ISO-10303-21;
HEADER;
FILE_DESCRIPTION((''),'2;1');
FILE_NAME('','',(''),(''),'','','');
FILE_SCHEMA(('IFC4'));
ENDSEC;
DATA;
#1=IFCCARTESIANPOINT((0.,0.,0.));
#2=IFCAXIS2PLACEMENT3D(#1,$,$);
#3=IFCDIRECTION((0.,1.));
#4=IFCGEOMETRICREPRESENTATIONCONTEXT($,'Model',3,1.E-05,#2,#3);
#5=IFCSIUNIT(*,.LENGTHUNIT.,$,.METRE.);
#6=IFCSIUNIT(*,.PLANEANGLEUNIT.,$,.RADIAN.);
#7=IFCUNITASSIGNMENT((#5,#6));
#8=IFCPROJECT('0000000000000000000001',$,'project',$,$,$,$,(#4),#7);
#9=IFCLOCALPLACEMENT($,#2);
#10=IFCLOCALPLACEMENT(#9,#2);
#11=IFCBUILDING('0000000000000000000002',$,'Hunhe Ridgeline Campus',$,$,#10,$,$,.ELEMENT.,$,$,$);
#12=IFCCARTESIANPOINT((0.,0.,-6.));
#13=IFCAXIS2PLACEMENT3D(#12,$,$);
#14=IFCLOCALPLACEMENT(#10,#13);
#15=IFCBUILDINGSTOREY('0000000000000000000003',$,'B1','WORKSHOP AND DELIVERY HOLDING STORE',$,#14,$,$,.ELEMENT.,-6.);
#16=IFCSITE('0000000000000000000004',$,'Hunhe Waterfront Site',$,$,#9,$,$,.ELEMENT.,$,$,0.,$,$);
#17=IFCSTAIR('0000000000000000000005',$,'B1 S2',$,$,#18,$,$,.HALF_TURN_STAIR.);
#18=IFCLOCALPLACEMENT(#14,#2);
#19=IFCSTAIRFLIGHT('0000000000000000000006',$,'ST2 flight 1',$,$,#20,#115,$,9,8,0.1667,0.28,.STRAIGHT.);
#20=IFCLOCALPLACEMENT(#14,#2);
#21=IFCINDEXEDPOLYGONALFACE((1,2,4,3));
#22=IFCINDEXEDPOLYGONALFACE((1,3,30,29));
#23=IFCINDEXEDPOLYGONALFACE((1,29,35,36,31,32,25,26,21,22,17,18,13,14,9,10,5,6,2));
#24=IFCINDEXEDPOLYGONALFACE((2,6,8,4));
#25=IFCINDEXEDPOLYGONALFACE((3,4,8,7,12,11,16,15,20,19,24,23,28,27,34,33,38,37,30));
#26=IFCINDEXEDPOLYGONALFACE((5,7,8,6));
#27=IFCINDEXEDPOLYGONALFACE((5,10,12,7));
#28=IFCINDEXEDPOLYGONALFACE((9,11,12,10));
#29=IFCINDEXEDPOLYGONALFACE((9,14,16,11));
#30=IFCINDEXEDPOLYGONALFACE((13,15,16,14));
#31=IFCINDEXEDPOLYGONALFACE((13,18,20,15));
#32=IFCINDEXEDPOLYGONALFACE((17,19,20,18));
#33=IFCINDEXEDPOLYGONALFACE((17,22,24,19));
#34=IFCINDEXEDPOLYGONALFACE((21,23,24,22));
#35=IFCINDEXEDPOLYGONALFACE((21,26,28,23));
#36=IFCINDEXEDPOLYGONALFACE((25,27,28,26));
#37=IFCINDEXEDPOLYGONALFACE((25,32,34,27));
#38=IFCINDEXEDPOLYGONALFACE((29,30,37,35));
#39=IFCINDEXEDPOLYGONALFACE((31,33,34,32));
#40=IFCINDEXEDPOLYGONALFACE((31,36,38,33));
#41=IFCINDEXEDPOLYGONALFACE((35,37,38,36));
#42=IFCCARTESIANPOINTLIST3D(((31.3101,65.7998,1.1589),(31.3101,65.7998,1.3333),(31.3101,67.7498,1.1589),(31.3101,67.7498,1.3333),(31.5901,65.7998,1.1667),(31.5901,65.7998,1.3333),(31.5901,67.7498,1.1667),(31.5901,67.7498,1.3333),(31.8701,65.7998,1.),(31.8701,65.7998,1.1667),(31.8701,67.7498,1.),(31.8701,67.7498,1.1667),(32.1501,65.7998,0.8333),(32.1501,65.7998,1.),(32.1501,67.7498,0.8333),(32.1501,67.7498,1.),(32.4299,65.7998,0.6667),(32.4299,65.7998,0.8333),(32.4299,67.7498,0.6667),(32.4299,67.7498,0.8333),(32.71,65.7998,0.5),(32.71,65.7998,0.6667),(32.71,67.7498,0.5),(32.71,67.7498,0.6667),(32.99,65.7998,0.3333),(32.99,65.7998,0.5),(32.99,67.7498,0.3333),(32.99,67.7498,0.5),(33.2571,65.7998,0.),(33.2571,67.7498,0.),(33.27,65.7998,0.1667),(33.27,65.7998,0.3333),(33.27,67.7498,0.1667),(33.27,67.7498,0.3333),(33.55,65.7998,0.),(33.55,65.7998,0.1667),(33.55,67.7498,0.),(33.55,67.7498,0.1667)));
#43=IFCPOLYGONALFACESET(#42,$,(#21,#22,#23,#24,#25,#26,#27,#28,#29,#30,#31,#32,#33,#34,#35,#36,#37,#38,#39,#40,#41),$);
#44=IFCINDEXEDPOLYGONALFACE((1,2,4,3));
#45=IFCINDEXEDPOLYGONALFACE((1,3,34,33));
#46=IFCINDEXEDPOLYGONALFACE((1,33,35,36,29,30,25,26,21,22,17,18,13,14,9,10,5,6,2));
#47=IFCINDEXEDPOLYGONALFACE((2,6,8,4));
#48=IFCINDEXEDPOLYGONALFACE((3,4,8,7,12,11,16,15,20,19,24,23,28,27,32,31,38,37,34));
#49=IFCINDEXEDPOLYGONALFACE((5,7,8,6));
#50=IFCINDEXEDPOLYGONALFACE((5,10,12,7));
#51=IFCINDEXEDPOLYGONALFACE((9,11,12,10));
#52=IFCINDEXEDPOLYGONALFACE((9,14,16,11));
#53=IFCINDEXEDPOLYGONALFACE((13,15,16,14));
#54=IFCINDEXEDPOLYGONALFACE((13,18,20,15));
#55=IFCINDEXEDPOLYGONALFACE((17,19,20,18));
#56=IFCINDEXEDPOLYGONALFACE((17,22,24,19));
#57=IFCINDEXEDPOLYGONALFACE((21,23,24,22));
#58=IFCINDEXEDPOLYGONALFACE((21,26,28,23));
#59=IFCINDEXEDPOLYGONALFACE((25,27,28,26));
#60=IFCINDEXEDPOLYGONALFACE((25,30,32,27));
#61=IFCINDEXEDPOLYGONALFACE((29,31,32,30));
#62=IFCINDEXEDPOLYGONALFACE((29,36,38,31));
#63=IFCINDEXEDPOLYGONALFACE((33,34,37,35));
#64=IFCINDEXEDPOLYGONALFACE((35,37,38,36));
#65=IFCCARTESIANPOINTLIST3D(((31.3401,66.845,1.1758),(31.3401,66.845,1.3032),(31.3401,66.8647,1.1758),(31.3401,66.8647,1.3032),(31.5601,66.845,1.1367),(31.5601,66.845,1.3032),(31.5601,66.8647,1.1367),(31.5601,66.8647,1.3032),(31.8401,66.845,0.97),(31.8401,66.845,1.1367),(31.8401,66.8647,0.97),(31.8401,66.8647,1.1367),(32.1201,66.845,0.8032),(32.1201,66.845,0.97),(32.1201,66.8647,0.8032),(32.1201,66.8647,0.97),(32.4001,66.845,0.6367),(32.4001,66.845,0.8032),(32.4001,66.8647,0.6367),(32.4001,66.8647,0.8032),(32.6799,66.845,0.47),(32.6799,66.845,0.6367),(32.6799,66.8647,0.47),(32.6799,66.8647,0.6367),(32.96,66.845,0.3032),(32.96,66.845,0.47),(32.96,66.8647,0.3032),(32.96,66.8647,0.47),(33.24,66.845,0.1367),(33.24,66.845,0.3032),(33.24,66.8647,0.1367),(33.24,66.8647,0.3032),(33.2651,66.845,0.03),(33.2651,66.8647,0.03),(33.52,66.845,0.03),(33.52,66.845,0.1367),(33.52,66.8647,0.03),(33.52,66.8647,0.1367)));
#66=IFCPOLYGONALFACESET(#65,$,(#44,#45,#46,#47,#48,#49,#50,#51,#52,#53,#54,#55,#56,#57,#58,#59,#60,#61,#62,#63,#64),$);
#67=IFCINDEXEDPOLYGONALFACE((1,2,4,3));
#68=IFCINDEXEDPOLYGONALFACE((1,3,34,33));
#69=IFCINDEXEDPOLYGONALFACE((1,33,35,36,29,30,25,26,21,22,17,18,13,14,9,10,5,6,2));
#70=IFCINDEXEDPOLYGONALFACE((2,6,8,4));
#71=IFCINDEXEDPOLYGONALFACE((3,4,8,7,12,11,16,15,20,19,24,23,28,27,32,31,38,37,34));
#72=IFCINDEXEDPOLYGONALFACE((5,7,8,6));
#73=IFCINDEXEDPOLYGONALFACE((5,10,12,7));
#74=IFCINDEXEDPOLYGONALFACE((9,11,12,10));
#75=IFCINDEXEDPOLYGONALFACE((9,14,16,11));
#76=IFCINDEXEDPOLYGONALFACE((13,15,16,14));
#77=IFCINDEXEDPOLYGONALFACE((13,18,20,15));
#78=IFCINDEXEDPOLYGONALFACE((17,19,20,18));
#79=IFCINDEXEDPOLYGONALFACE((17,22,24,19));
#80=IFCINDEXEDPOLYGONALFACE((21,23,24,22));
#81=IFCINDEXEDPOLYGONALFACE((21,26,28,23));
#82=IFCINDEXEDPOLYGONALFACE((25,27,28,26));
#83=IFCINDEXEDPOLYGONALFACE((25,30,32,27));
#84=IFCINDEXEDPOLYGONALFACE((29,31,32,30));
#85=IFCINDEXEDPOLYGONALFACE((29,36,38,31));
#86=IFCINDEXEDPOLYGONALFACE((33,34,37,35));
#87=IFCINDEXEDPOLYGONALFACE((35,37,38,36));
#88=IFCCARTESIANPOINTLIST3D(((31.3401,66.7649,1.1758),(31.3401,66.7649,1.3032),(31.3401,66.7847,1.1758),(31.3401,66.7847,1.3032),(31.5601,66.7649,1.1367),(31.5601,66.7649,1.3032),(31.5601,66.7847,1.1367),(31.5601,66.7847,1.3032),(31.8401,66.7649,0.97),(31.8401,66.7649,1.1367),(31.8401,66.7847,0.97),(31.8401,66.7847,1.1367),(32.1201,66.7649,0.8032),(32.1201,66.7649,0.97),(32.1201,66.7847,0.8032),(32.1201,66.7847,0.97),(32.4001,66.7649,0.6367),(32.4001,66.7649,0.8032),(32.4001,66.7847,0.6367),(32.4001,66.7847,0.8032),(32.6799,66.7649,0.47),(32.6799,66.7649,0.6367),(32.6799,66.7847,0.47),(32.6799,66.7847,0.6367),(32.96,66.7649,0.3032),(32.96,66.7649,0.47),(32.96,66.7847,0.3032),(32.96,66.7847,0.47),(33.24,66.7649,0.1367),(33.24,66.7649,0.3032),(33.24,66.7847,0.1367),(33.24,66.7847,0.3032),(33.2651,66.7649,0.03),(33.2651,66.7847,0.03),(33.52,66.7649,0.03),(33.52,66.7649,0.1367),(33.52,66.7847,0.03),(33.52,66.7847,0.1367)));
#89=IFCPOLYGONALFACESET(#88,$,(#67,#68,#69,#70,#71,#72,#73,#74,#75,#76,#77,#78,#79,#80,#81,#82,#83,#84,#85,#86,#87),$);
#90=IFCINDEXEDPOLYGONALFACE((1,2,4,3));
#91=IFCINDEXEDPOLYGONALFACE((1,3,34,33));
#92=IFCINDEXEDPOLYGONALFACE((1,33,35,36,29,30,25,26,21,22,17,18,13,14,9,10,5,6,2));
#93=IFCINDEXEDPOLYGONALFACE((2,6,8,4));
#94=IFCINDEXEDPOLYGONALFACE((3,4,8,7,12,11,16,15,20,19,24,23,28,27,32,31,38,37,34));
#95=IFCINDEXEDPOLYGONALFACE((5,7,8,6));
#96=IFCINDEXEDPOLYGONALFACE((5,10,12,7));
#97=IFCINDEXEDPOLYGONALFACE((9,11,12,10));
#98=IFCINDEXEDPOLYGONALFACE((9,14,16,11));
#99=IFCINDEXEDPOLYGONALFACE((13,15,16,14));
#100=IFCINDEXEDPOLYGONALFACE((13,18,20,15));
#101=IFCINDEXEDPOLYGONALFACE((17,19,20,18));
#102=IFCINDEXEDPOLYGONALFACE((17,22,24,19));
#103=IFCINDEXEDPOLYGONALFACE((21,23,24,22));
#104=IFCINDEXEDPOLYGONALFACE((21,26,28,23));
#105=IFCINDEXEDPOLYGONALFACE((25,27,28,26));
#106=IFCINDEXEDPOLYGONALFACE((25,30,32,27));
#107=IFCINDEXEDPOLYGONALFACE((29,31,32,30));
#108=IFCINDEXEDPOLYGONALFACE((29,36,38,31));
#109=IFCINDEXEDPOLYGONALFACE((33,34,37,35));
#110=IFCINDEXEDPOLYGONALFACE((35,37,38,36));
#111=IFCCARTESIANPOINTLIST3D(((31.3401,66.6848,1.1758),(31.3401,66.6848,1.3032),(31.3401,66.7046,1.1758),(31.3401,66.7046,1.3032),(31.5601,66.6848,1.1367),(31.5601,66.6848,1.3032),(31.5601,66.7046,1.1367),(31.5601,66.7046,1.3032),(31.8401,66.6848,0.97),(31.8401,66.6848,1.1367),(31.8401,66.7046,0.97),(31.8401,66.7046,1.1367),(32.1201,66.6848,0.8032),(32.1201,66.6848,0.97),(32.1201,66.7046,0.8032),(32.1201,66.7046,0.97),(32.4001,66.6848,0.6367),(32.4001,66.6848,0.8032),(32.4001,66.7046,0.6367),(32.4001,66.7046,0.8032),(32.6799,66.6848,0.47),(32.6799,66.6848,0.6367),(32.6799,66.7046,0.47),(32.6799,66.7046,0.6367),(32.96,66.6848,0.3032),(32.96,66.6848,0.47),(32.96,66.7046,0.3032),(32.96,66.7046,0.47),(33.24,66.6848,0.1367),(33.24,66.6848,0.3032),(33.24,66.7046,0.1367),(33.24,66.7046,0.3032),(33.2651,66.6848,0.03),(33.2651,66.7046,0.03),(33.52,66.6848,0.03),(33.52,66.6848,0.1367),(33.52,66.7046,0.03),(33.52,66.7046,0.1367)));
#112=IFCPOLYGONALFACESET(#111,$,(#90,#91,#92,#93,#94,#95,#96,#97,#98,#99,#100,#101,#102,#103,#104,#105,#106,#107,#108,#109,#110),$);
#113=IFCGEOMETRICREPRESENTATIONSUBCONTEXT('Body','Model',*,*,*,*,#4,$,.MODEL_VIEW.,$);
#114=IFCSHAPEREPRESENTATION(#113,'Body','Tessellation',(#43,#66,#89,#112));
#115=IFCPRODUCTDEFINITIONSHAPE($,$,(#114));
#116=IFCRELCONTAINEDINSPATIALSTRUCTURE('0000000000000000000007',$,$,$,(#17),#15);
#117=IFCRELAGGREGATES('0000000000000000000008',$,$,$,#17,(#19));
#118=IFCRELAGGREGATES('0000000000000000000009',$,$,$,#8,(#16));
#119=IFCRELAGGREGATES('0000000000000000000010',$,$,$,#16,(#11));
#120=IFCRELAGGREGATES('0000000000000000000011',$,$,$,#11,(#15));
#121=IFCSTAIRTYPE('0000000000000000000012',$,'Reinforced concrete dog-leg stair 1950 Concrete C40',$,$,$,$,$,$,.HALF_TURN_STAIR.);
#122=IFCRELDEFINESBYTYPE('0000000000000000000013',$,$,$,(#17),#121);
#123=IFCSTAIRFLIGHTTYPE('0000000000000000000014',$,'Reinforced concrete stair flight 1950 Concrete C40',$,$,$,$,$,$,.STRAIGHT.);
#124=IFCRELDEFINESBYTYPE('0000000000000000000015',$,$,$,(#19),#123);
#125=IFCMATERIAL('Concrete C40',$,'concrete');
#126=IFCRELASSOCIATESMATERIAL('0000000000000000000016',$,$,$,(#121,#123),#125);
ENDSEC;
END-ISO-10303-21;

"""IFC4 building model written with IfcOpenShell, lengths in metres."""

from ifc_helpers import new_model, si_unit, direction, frame, origin, place, context, subcontext, project, spatial, polyline, outline, extrude, material, type_object, element, aggregate, save


model = new_model("IFC4")

# Units and contexts
model_context = context("Model", 3, precision=1e-05, world=origin(), true_north=direction((0.0, 1.0)))
body_context = subcontext(model_context, "Body", "Model", "MODEL_VIEW")
ifc_project = project(units=[si_unit("LENGTHUNIT", "METRE"), si_unit("PLANEANGLEUNIT", "RADIAN")], contexts=[model_context])

# Site, building, storey
site_placement = place(None, origin())
site = spatial("IfcSite", under=ifc_project, at=site_placement, Name="Hunhe Waterfront Site", CompositionType="ELEMENT", RefElevation=0.0)
building_placement = place(site_placement, origin())
building = spatial("IfcBuilding", under=site, at=building_placement, Name="Hunhe Ridgeline Campus", CompositionType="ELEMENT")
storey_placement = place(building_placement, frame((0.0, 0.0, -6.0)))
storey = spatial("IfcBuildingStorey", under=building, at=storey_placement, Name="B1", Description="WORKSHOP AND DELIVERY HOLDING STORE", CompositionType="ELEMENT", Elevation=-6.0)

# Stair, stair flight
ifc_material_1 = material(Name="Concrete C40", Category="concrete")
stair_type = type_object("IfcStairType", Name="Reinforced concrete dog-leg stair 1950 Concrete C40", PredefinedType="HALF_TURN_STAIR", material=ifc_material_1)
stair_placement = place(storey_placement, origin())
stair = element("IfcStair", 1, at=stair_placement, inside=storey, type_object=stair_type, Name="B1 S2", PredefinedType="HALF_TURN_STAIR")
stair_flight_type = type_object("IfcStairFlightType", Name="Reinforced concrete stair flight 1950 Concrete C40", PredefinedType="STRAIGHT", material=ifc_material_1)
stair_flight_1_placement = place(storey_placement, frame((33.55, 66.7749, 0.0), z_axis=(0.0, 0.0, 1.0), x_axis=(-1.0, 0.0, 0.0)))
stair_flight_1 = element("IfcStairFlight", 2, at=stair_flight_1_placement, type_object=stair_flight_type, Name="ST2 flight 1", NumberOfRisers=9, NumberOfTreads=8, PredefinedType="STRAIGHT", RiserHeight=0.1667, TreadLength=0.28, context=body_context, shape_type="SweptSolid", body=[
    extrude(outline(polyline([(0.0, 0.0), (0.0, 0.1667), (0.28, 0.1667), (0.28, 0.3333), (0.5601, 0.3333), (0.5601, 0.5), (0.8401, 0.5), (0.8401, 0.6667), (1.1201, 0.6667), (1.1201, 0.8333), (1.3999, 0.8333), (1.3999, 1.0), (1.6799, 1.0), (1.6799, 1.1667), (1.96, 1.1667), (1.96, 1.3333), (2.24, 1.3333), (2.24, 1.5), (2.24, 1.1589), (0.293, 0.0), (0.0, 0.0)])), frame((0.0, 0.9751, 0.0), z_axis=(0.0, -1.0, 0.0), x_axis=(1.0, 0.0, 0.0)), (0.0, 0.0, 1.0), 1.95),
    extrude(outline(polyline([(0.03, 0.03), (0.03, 0.1367), (0.3101, 0.1367), (0.3101, 0.3032), (0.5901, 0.3032), (0.5901, 0.47), (0.8701, 0.47), (0.8701, 0.6367), (1.1499, 0.6367), (1.1499, 0.8032), (1.4299, 0.8032), (1.4299, 0.97), (1.71, 0.97), (1.71, 1.1367), (1.99, 1.1367), (1.99, 1.3032), (2.21, 1.3032), (2.21, 1.1758), (0.2849, 0.03), (0.03, 0.03)])), frame((0.0, -0.0701, 0.0), z_axis=(0.0, -1.0, 0.0), x_axis=(1.0, 0.0, 0.0)), (0.0, 0.0, 1.0), 0.0198),
    extrude(outline(polyline([(0.03, 0.03), (0.03, 0.1367), (0.3101, 0.1367), (0.3101, 0.3032), (0.5901, 0.3032), (0.5901, 0.47), (0.8701, 0.47), (0.8701, 0.6367), (1.1499, 0.6367), (1.1499, 0.8032), (1.4299, 0.8032), (1.4299, 0.97), (1.71, 0.97), (1.71, 1.1367), (1.99, 1.1367), (1.99, 1.3032), (2.21, 1.3032), (2.21, 1.1758), (0.2849, 0.03), (0.03, 0.03)])), frame((0.0, 0.01, 0.0), z_axis=(0.0, -1.0, 0.0), x_axis=(1.0, 0.0, 0.0)), (0.0, 0.0, 1.0), 0.0198),
    extrude(outline(polyline([(0.03, 0.03), (0.03, 0.1367), (0.3101, 0.1367), (0.3101, 0.3032), (0.5901, 0.3032), (0.5901, 0.47), (0.8701, 0.47), (0.8701, 0.6367), (1.1499, 0.6367), (1.1499, 0.8032), (1.4299, 0.8032), (1.4299, 0.97), (1.71, 0.97), (1.71, 1.1367), (1.99, 1.1367), (1.99, 1.3032), (2.21, 1.3032), (2.21, 1.1758), (0.2849, 0.03), (0.03, 0.03)])), frame((0.0, 0.0901, 0.0), z_axis=(0.0, -1.0, 0.0), x_axis=(1.0, 0.0, 0.0)), (0.0, 0.0, 1.0), 0.0198),
])
aggregate(stair, [stair_flight_1])

save(model, "model.ifc")
